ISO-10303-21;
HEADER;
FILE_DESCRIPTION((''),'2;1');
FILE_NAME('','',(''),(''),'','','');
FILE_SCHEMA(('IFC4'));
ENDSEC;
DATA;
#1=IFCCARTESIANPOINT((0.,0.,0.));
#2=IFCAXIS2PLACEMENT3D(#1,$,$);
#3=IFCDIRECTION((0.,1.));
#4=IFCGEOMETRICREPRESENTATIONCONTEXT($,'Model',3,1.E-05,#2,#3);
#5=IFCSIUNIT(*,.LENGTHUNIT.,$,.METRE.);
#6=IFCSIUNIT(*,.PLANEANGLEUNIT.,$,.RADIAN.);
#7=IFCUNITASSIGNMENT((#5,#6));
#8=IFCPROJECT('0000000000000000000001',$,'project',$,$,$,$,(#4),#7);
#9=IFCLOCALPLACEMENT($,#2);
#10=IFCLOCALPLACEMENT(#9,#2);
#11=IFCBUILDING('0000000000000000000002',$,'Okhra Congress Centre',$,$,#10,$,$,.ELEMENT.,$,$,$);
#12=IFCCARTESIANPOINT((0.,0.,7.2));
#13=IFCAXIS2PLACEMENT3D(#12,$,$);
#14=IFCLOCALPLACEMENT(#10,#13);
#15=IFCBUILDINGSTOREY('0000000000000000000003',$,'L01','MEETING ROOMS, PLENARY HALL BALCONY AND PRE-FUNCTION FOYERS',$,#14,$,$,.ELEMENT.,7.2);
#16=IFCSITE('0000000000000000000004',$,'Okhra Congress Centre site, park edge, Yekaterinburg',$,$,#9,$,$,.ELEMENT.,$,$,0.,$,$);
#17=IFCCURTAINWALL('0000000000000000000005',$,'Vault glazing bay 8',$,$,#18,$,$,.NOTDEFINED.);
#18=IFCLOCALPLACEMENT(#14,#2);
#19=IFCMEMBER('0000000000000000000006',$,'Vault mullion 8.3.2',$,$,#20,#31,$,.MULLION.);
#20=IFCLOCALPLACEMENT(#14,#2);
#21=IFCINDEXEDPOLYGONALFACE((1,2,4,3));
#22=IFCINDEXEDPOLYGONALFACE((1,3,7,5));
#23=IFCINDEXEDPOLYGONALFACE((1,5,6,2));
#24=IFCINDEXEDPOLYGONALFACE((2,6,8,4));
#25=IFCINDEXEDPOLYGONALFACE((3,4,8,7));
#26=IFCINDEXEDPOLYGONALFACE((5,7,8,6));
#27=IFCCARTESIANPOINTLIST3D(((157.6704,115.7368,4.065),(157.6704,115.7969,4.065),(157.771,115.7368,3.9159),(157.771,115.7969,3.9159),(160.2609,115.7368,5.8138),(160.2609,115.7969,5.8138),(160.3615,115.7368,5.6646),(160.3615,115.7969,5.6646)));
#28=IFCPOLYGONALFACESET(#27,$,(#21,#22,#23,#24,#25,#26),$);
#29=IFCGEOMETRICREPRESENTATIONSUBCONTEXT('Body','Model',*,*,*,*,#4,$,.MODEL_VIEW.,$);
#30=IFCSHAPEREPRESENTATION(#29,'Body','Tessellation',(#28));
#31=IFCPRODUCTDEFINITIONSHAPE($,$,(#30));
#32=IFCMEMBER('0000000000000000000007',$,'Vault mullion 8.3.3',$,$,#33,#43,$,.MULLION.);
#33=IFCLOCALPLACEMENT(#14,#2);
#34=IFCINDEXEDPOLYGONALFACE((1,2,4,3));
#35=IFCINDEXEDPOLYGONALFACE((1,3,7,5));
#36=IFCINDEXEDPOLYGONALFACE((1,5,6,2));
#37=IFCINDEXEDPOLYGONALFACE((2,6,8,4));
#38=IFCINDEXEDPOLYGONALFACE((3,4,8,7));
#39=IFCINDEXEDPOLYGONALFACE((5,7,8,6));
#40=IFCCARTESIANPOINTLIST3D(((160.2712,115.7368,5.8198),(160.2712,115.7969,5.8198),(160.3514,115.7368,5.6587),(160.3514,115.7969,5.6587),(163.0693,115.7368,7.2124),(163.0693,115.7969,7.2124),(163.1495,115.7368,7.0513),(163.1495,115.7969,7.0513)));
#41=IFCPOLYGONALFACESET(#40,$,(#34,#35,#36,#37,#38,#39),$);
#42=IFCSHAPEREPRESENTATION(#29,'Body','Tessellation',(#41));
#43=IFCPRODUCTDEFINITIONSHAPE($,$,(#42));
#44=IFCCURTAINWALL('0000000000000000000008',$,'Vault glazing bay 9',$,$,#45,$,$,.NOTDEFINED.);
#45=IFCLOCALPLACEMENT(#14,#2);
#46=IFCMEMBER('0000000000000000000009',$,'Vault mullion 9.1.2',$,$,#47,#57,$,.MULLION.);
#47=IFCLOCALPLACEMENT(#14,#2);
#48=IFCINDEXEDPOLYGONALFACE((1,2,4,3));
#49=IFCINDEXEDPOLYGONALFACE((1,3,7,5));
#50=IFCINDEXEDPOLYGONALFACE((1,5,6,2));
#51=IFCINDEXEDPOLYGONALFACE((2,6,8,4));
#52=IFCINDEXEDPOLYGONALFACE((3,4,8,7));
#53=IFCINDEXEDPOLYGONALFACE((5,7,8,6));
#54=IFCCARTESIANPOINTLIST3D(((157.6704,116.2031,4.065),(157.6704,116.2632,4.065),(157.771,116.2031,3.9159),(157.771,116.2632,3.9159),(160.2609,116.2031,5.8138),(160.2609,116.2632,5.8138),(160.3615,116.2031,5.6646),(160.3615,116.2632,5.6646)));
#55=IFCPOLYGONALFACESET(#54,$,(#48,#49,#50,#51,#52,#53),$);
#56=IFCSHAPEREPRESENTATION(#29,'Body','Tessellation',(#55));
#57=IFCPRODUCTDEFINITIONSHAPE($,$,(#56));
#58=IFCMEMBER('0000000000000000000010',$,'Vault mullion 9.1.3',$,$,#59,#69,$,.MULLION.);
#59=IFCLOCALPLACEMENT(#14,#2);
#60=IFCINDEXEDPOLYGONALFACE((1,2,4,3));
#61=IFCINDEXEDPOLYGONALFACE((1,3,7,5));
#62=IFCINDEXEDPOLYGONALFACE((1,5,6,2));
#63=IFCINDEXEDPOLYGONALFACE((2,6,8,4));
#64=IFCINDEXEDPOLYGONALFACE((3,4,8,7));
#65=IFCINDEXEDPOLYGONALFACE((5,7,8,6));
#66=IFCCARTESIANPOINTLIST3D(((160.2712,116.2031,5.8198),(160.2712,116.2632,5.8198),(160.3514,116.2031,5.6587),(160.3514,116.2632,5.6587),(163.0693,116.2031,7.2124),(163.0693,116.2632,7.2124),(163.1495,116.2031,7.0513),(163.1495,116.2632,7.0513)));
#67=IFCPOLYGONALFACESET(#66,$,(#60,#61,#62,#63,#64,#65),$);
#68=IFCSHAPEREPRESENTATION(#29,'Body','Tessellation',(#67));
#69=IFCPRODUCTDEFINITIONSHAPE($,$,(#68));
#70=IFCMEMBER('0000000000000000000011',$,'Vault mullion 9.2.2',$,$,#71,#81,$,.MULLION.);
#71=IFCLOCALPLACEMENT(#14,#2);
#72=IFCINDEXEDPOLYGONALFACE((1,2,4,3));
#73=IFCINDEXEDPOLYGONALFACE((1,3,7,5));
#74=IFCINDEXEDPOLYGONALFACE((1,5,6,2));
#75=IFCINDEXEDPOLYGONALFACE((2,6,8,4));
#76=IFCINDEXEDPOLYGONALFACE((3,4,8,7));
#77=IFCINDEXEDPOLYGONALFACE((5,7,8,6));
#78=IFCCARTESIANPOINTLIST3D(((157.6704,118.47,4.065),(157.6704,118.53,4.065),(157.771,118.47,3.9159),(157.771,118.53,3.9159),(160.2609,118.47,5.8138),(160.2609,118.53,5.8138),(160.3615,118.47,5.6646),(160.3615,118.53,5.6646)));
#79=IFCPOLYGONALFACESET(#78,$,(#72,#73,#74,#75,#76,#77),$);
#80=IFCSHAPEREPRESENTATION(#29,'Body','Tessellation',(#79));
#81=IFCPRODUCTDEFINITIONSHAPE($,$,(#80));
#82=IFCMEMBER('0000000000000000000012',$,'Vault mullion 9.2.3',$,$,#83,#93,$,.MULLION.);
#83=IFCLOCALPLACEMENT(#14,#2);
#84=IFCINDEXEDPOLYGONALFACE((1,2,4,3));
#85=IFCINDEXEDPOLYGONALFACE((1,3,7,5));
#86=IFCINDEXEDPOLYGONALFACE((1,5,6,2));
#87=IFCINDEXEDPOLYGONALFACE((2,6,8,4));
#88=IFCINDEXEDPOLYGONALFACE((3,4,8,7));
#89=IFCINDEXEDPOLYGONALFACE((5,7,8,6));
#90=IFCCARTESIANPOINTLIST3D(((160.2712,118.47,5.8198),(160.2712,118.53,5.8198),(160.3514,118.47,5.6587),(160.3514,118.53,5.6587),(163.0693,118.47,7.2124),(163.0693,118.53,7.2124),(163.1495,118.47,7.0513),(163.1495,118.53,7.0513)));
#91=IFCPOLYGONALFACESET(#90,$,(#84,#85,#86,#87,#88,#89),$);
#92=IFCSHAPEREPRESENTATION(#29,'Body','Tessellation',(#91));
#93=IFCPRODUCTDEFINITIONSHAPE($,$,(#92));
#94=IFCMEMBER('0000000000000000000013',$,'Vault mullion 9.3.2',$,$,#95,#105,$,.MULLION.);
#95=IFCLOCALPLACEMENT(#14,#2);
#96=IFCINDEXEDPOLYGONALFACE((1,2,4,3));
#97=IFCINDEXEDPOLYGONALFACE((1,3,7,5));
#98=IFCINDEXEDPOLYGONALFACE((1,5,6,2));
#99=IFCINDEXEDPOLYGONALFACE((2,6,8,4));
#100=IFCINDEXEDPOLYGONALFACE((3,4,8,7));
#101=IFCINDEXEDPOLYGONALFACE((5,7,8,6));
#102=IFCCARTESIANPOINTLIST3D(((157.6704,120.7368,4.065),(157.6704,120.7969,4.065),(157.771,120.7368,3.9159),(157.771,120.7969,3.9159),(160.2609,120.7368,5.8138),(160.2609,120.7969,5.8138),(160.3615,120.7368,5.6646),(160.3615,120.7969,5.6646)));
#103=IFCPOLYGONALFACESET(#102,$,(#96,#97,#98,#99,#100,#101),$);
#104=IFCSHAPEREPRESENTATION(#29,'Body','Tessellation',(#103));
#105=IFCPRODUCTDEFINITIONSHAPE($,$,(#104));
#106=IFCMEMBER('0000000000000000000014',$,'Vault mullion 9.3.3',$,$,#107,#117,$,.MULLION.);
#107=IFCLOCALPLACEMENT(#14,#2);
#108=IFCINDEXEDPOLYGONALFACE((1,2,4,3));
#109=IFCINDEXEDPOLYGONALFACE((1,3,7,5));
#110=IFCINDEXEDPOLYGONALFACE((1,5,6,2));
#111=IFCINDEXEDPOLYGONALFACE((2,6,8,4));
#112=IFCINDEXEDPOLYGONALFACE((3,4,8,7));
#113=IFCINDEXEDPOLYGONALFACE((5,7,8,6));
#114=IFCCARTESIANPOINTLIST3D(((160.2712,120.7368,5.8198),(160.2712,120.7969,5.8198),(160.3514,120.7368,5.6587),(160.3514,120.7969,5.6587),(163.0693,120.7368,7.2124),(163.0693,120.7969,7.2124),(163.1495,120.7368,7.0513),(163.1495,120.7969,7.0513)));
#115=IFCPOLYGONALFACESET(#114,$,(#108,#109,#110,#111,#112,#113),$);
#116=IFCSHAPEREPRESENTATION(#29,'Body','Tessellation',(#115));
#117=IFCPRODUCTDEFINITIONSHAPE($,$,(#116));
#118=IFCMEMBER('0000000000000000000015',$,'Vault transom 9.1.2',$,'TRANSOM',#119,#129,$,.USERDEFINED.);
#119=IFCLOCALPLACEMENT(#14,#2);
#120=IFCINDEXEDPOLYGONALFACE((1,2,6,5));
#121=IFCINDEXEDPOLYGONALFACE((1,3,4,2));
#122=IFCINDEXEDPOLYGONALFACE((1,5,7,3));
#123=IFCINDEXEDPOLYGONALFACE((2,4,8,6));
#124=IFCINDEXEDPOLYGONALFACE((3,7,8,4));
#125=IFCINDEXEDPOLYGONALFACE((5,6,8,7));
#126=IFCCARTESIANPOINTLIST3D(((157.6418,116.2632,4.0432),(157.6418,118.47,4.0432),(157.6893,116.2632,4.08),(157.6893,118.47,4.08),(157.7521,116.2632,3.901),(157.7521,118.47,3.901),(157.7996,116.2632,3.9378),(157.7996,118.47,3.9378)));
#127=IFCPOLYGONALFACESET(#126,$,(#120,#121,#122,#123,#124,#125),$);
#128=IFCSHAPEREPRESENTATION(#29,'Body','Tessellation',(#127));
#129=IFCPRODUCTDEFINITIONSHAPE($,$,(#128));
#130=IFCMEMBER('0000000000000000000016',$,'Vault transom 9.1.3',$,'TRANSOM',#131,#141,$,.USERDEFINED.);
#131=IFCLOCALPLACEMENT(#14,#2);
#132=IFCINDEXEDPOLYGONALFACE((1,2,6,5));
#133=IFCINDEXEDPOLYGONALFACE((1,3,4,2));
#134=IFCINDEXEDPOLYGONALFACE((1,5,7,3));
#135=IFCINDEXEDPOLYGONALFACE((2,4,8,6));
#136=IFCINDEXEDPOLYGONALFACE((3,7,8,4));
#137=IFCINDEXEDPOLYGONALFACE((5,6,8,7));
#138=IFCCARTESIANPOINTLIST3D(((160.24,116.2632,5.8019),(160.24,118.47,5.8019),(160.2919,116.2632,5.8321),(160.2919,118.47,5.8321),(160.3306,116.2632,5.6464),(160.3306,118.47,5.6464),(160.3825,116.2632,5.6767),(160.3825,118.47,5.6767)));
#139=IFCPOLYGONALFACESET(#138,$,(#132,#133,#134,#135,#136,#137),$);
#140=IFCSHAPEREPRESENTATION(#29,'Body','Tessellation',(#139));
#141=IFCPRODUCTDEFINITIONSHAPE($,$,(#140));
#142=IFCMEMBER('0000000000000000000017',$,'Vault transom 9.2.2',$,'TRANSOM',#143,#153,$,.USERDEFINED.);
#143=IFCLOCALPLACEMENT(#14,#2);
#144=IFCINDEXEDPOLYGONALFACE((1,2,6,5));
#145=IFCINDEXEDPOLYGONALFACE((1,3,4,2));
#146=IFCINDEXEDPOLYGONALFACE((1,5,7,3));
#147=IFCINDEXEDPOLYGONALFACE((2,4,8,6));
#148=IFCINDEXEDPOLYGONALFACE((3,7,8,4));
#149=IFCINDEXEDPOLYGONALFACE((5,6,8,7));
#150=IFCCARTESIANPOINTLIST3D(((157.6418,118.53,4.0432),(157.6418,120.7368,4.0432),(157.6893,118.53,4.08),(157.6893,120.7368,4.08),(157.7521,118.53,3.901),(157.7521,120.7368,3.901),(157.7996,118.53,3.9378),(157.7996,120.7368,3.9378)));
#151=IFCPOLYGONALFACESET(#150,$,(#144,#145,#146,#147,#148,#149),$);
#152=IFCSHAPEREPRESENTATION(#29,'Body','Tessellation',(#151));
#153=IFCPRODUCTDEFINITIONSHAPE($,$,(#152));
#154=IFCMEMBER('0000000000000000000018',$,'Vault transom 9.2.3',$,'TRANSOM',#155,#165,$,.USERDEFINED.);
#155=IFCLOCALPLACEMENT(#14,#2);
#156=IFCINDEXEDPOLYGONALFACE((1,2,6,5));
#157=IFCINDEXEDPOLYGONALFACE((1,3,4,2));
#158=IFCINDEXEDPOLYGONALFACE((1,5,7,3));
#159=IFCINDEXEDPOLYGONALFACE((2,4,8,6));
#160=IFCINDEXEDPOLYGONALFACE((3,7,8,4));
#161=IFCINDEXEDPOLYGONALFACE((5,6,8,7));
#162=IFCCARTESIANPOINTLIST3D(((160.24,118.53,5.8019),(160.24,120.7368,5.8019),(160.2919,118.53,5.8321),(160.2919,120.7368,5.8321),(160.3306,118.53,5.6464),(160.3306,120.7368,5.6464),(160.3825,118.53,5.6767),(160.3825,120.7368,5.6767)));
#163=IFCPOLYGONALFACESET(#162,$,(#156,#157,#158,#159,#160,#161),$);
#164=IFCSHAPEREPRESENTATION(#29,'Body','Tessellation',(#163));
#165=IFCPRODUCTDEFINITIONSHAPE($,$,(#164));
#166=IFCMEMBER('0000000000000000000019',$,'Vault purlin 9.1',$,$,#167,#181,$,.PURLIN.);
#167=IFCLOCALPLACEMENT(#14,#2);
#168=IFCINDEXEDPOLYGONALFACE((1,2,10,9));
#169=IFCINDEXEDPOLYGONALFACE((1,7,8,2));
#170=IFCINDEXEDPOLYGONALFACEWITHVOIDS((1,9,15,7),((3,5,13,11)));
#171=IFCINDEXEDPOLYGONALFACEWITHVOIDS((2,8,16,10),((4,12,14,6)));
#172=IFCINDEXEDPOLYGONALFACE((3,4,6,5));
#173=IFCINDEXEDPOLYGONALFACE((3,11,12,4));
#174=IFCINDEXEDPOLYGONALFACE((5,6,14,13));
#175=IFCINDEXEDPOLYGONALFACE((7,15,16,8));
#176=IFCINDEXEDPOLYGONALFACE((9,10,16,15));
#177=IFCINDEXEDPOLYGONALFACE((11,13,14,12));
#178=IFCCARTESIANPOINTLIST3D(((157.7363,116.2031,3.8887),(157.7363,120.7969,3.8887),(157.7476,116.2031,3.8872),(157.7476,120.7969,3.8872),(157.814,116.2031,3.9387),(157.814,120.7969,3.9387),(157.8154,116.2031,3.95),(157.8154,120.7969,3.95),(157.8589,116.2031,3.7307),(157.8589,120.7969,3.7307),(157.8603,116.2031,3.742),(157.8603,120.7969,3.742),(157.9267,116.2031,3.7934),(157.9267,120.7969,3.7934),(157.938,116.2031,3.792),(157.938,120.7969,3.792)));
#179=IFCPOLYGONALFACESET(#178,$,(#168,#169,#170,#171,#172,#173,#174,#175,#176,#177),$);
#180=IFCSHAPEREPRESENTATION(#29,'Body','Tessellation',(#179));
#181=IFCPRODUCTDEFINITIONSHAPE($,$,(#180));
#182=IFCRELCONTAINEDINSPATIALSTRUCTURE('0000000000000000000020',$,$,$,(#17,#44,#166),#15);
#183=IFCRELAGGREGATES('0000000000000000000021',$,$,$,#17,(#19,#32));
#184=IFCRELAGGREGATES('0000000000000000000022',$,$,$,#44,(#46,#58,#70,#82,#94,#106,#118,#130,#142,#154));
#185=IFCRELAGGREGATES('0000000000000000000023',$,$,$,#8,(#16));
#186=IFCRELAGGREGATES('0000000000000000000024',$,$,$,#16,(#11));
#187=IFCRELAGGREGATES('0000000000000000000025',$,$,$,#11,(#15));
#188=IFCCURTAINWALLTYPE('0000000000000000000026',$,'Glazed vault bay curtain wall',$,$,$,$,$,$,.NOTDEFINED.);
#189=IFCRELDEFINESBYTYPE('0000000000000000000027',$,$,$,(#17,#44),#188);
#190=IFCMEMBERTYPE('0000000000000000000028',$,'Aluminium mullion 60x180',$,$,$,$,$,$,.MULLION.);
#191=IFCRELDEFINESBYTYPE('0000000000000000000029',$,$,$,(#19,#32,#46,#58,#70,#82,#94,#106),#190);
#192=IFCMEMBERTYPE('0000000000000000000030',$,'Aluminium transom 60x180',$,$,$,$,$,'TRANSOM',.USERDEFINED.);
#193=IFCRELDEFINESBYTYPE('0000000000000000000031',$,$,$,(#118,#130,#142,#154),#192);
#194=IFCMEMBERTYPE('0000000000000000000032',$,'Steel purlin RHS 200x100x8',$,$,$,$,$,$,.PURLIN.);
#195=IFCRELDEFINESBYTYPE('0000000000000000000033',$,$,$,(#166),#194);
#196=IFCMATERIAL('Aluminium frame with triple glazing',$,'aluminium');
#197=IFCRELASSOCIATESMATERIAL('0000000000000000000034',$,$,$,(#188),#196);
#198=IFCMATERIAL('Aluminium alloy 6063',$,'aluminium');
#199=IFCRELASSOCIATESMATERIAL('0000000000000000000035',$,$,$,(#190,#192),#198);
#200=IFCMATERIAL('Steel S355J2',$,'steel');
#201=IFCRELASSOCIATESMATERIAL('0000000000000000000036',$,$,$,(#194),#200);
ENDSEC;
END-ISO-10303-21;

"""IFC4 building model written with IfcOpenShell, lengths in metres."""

from ifc_helpers import new_model, si_unit, direction, frame, origin, origin_2d, place, context, subcontext, project, spatial, rectangle, hollow_rectangle, extrude, material, material_profile, profile_set, type_object, element, aggregate, save


model = new_model("IFC4")

# Units and contexts
model_context = context("Model", 3, precision=1e-05, world=origin(), true_north=direction((0.0, 1.0)))
body_context = subcontext(model_context, "Body", "Model", "MODEL_VIEW")
ifc_project = project(units=[si_unit("LENGTHUNIT", "METRE"), si_unit("PLANEANGLEUNIT", "RADIAN")], contexts=[model_context])

# Site, building, storey
site_placement = place(None, origin())
site = spatial("IfcSite", under=ifc_project, at=site_placement, Name="Okhra Congress Centre site, park edge, Yekaterinburg", CompositionType="ELEMENT", RefElevation=0.0)
building_placement = place(site_placement, origin())
building = spatial("IfcBuilding", under=site, at=building_placement, Name="Okhra Congress Centre", CompositionType="ELEMENT")
storey_placement = place(building_placement, frame((0.0, 0.0, 7.2)))
storey = spatial("IfcBuildingStorey", under=building, at=storey_placement, Name="L01", Description="MEETING ROOMS, PLENARY HALL BALCONY AND PRE-FUNCTION FOYERS", CompositionType="ELEMENT", Elevation=7.2)

# Curtain walls, members
ifc_material_1 = material(Name="Aluminium frame with triple glazing", Category="aluminium")
curtain_wall_type = type_object("IfcCurtainWallType", Name="Glazed vault bay curtain wall", PredefinedType="NOTDEFINED", material=ifc_material_1)
curtain_wall_1_placement = place(storey_placement, origin())
curtain_wall_1 = element("IfcCurtainWall", 1, at=curtain_wall_1_placement, inside=storey, type_object=curtain_wall_type, Name="Vault glazing bay 8", PredefinedType="NOTDEFINED")
ifc_material_2 = material(Name="Aluminium alloy 6063", Category="aluminium")
ifc_material_profile_1 = material_profile(ifc_material_2, rectangle(XDim=0.0601, YDim=0.1799, at=origin_2d()), Name="AL 60x180")
ifc_profile_set_1 = profile_set([ifc_material_profile_1], Name="Aluminium alloy 6063")
member_type_1 = type_object("IfcMemberType", Name="Aluminium mullion 60x180", PredefinedType="MULLION", material=ifc_profile_set_1)
member_1_placement = place(storey_placement, frame((157.7207, 115.7668, 3.9905), z_axis=(0.828828, 0.0, 0.559504), x_axis=(0.0, 1.0, 0.0)))
member_1 = element("IfcMember", 2, at=member_1_placement, type_object=member_type_1, Name="Vault mullion 8.3.2", PredefinedType="MULLION", context=body_context, shape_type="SweptSolid", body=[
    extrude(rectangle(XDim=0.0601, YDim=0.1799, at=origin_2d()), origin(), (0.0, 0.0, 1.0), 3.1255),
])
member_2_placement = place(storey_placement, frame((160.3113, 115.7668, 5.7393), z_axis=(0.895254, 0.0, 0.445557), x_axis=(0.0, 1.0, 0.0)))
member_2 = element("IfcMember", 3, at=member_2_placement, type_object=member_type_1, Name="Vault mullion 8.3.3", PredefinedType="MULLION", context=body_context, shape_type="SweptSolid", body=[
    extrude(rectangle(XDim=0.0601, YDim=0.1799, at=origin_2d()), origin(), (0.0, 0.0, 1.0), 3.1255),
])
aggregate(curtain_wall_1, [member_1, member_2])
curtain_wall_2_placement = place(storey_placement, origin())
curtain_wall_2 = element("IfcCurtainWall", 4, at=curtain_wall_2_placement, inside=storey, type_object=curtain_wall_type, Name="Vault glazing bay 9", PredefinedType="NOTDEFINED")
member_3_placement = place(storey_placement, frame((157.7207, 116.2332, 3.9905), z_axis=(0.828828, 0.0, 0.559504), x_axis=(0.0, 1.0, 0.0)))
member_3 = element("IfcMember", 5, at=member_3_placement, type_object=member_type_1, Name="Vault mullion 9.1.2", PredefinedType="MULLION", context=body_context, shape_type="SweptSolid", body=[
    extrude(rectangle(XDim=0.0601, YDim=0.1799, at=origin_2d()), origin(), (0.0, 0.0, 1.0), 3.1255),
])
member_4_placement = place(storey_placement, frame((160.3113, 116.2332, 5.7393), z_axis=(0.895254, 0.0, 0.445557), x_axis=(0.0, 1.0, 0.0)))
member_4 = element("IfcMember", 6, at=member_4_placement, type_object=member_type_1, Name="Vault mullion 9.1.3", PredefinedType="MULLION", context=body_context, shape_type="SweptSolid", body=[
    extrude(rectangle(XDim=0.0601, YDim=0.1799, at=origin_2d()), origin(), (0.0, 0.0, 1.0), 3.1255),
])
member_5_placement = place(storey_placement, frame((157.7207, 118.5, 3.9905), z_axis=(0.828828, 0.0, 0.559504), x_axis=(0.0, 1.0, 0.0)))
member_5 = element("IfcMember", 7, at=member_5_placement, type_object=member_type_1, Name="Vault mullion 9.2.2", PredefinedType="MULLION", context=body_context, shape_type="SweptSolid", body=[
    extrude(rectangle(XDim=0.0601, YDim=0.1799, at=origin_2d()), origin(), (0.0, 0.0, 1.0), 3.1255),
])
member_6_placement = place(storey_placement, frame((160.3113, 118.5, 5.7393), z_axis=(0.895254, 0.0, 0.445557), x_axis=(0.0, 1.0, 0.0)))
member_6 = element("IfcMember", 8, at=member_6_placement, type_object=member_type_1, Name="Vault mullion 9.2.3", PredefinedType="MULLION", context=body_context, shape_type="SweptSolid", body=[
    extrude(rectangle(XDim=0.0601, YDim=0.1799, at=origin_2d()), origin(), (0.0, 0.0, 1.0), 3.1255),
])
member_7_placement = place(storey_placement, frame((157.7207, 120.7668, 3.9905), z_axis=(0.828828, 0.0, 0.559504), x_axis=(0.0, 1.0, 0.0)))
member_7 = element("IfcMember", 9, at=member_7_placement, type_object=member_type_1, Name="Vault mullion 9.3.2", PredefinedType="MULLION", context=body_context, shape_type="SweptSolid", body=[
    extrude(rectangle(XDim=0.0601, YDim=0.1799, at=origin_2d()), origin(), (0.0, 0.0, 1.0), 3.1255),
])
member_8_placement = place(storey_placement, frame((160.3113, 120.7668, 5.7393), z_axis=(0.895254, 0.0, 0.445557), x_axis=(0.0, 1.0, 0.0)))
member_8 = element("IfcMember", 10, at=member_8_placement, type_object=member_type_1, Name="Vault mullion 9.3.3", PredefinedType="MULLION", context=body_context, shape_type="SweptSolid", body=[
    extrude(rectangle(XDim=0.0601, YDim=0.1799, at=origin_2d()), origin(), (0.0, 0.0, 1.0), 3.1255),
])
ifc_material_profile_2 = material_profile(ifc_material_2, rectangle(XDim=0.0601, YDim=0.1799, at=origin_2d()), Name="AL 60x180 transom")
ifc_profile_set_2 = profile_set([ifc_material_profile_2], Name="Aluminium alloy 6063")
member_type_2 = type_object("IfcMemberType", Name="Aluminium transom 60x180", ElementType="TRANSOM", PredefinedType="USERDEFINED", material=ifc_profile_set_2)
member_9_placement = place(storey_placement, frame((157.7207, 116.2632, 3.9905), z_axis=(0.0, 1.0, 0.0), x_axis=(-0.790145, 0.0, -0.61292)))
member_9 = element("IfcMember", 11, at=member_9_placement, type_object=member_type_2, Name="Vault transom 9.1.2", ObjectType="TRANSOM", PredefinedType="USERDEFINED", context=body_context, shape_type="SweptSolid", body=[
    extrude(rectangle(XDim=0.0601, YDim=0.1799, at=origin_2d()), origin(), (0.0, 0.0, 1.0), 2.2068),
])
member_10_placement = place(storey_placement, frame((160.3113, 116.2632, 5.7393), z_axis=(0.0, 1.0, 0.0), x_axis=(-0.863917, 0.0, -0.503634)))
member_10 = element("IfcMember", 12, at=member_10_placement, type_object=member_type_2, Name="Vault transom 9.1.3", ObjectType="TRANSOM", PredefinedType="USERDEFINED", context=body_context, shape_type="SweptSolid", body=[
    extrude(rectangle(XDim=0.0601, YDim=0.1799, at=origin_2d()), origin(), (0.0, 0.0, 1.0), 2.2068),
])
member_11_placement = place(storey_placement, frame((157.7207, 118.53, 3.9905), z_axis=(0.0, 1.0, 0.0), x_axis=(-0.790145, 0.0, -0.61292)))
member_11 = element("IfcMember", 13, at=member_11_placement, type_object=member_type_2, Name="Vault transom 9.2.2", ObjectType="TRANSOM", PredefinedType="USERDEFINED", context=body_context, shape_type="SweptSolid", body=[
    extrude(rectangle(XDim=0.0601, YDim=0.1799, at=origin_2d()), origin(), (0.0, 0.0, 1.0), 2.2068),
])
member_12_placement = place(storey_placement, frame((160.3113, 118.53, 5.7393), z_axis=(0.0, 1.0, 0.0), x_axis=(-0.863917, 0.0, -0.503634)))
member_12 = element("IfcMember", 14, at=member_12_placement, type_object=member_type_2, Name="Vault transom 9.2.3", ObjectType="TRANSOM", PredefinedType="USERDEFINED", context=body_context, shape_type="SweptSolid", body=[
    extrude(rectangle(XDim=0.0601, YDim=0.1799, at=origin_2d()), origin(), (0.0, 0.0, 1.0), 2.2068),
])

# Member
ifc_material_3 = material(Name="Steel S355J2", Category="steel")
ifc_material_profile_3 = material_profile(ifc_material_3, hollow_rectangle(XDim=0.1001, YDim=0.2, WallThickness=0.0081, at=origin_2d()), Name="RHS 200x100x8")
ifc_profile_set_3 = profile_set([ifc_material_profile_3], Name="Steel S355J2")
member_type_3 = type_object("IfcMemberType", Name="Steel purlin RHS 200x100x8", PredefinedType="PURLIN", material=ifc_profile_set_3)
member_13_placement = place(storey_placement, frame((157.8372, 116.2031, 3.8403), z_axis=(0.0, 1.0, 0.0), x_axis=(-0.790145, 0.0, -0.61292)))
element("IfcMember", 15, at=member_13_placement, inside=storey, type_object=member_type_3, Name="Vault purlin 9.1", PredefinedType="PURLIN", context=body_context, shape_type="SweptSolid", body=[
    extrude(hollow_rectangle(XDim=0.1001, YDim=0.2, WallThickness=0.0081, at=origin_2d()), origin(), (0.0, 0.0, 1.0), 4.5938),
])

aggregate(curtain_wall_2, [member_3, member_4, member_5, member_6, member_7, member_8, member_9, member_10, member_11, member_12])

save(model, "model.ifc")
